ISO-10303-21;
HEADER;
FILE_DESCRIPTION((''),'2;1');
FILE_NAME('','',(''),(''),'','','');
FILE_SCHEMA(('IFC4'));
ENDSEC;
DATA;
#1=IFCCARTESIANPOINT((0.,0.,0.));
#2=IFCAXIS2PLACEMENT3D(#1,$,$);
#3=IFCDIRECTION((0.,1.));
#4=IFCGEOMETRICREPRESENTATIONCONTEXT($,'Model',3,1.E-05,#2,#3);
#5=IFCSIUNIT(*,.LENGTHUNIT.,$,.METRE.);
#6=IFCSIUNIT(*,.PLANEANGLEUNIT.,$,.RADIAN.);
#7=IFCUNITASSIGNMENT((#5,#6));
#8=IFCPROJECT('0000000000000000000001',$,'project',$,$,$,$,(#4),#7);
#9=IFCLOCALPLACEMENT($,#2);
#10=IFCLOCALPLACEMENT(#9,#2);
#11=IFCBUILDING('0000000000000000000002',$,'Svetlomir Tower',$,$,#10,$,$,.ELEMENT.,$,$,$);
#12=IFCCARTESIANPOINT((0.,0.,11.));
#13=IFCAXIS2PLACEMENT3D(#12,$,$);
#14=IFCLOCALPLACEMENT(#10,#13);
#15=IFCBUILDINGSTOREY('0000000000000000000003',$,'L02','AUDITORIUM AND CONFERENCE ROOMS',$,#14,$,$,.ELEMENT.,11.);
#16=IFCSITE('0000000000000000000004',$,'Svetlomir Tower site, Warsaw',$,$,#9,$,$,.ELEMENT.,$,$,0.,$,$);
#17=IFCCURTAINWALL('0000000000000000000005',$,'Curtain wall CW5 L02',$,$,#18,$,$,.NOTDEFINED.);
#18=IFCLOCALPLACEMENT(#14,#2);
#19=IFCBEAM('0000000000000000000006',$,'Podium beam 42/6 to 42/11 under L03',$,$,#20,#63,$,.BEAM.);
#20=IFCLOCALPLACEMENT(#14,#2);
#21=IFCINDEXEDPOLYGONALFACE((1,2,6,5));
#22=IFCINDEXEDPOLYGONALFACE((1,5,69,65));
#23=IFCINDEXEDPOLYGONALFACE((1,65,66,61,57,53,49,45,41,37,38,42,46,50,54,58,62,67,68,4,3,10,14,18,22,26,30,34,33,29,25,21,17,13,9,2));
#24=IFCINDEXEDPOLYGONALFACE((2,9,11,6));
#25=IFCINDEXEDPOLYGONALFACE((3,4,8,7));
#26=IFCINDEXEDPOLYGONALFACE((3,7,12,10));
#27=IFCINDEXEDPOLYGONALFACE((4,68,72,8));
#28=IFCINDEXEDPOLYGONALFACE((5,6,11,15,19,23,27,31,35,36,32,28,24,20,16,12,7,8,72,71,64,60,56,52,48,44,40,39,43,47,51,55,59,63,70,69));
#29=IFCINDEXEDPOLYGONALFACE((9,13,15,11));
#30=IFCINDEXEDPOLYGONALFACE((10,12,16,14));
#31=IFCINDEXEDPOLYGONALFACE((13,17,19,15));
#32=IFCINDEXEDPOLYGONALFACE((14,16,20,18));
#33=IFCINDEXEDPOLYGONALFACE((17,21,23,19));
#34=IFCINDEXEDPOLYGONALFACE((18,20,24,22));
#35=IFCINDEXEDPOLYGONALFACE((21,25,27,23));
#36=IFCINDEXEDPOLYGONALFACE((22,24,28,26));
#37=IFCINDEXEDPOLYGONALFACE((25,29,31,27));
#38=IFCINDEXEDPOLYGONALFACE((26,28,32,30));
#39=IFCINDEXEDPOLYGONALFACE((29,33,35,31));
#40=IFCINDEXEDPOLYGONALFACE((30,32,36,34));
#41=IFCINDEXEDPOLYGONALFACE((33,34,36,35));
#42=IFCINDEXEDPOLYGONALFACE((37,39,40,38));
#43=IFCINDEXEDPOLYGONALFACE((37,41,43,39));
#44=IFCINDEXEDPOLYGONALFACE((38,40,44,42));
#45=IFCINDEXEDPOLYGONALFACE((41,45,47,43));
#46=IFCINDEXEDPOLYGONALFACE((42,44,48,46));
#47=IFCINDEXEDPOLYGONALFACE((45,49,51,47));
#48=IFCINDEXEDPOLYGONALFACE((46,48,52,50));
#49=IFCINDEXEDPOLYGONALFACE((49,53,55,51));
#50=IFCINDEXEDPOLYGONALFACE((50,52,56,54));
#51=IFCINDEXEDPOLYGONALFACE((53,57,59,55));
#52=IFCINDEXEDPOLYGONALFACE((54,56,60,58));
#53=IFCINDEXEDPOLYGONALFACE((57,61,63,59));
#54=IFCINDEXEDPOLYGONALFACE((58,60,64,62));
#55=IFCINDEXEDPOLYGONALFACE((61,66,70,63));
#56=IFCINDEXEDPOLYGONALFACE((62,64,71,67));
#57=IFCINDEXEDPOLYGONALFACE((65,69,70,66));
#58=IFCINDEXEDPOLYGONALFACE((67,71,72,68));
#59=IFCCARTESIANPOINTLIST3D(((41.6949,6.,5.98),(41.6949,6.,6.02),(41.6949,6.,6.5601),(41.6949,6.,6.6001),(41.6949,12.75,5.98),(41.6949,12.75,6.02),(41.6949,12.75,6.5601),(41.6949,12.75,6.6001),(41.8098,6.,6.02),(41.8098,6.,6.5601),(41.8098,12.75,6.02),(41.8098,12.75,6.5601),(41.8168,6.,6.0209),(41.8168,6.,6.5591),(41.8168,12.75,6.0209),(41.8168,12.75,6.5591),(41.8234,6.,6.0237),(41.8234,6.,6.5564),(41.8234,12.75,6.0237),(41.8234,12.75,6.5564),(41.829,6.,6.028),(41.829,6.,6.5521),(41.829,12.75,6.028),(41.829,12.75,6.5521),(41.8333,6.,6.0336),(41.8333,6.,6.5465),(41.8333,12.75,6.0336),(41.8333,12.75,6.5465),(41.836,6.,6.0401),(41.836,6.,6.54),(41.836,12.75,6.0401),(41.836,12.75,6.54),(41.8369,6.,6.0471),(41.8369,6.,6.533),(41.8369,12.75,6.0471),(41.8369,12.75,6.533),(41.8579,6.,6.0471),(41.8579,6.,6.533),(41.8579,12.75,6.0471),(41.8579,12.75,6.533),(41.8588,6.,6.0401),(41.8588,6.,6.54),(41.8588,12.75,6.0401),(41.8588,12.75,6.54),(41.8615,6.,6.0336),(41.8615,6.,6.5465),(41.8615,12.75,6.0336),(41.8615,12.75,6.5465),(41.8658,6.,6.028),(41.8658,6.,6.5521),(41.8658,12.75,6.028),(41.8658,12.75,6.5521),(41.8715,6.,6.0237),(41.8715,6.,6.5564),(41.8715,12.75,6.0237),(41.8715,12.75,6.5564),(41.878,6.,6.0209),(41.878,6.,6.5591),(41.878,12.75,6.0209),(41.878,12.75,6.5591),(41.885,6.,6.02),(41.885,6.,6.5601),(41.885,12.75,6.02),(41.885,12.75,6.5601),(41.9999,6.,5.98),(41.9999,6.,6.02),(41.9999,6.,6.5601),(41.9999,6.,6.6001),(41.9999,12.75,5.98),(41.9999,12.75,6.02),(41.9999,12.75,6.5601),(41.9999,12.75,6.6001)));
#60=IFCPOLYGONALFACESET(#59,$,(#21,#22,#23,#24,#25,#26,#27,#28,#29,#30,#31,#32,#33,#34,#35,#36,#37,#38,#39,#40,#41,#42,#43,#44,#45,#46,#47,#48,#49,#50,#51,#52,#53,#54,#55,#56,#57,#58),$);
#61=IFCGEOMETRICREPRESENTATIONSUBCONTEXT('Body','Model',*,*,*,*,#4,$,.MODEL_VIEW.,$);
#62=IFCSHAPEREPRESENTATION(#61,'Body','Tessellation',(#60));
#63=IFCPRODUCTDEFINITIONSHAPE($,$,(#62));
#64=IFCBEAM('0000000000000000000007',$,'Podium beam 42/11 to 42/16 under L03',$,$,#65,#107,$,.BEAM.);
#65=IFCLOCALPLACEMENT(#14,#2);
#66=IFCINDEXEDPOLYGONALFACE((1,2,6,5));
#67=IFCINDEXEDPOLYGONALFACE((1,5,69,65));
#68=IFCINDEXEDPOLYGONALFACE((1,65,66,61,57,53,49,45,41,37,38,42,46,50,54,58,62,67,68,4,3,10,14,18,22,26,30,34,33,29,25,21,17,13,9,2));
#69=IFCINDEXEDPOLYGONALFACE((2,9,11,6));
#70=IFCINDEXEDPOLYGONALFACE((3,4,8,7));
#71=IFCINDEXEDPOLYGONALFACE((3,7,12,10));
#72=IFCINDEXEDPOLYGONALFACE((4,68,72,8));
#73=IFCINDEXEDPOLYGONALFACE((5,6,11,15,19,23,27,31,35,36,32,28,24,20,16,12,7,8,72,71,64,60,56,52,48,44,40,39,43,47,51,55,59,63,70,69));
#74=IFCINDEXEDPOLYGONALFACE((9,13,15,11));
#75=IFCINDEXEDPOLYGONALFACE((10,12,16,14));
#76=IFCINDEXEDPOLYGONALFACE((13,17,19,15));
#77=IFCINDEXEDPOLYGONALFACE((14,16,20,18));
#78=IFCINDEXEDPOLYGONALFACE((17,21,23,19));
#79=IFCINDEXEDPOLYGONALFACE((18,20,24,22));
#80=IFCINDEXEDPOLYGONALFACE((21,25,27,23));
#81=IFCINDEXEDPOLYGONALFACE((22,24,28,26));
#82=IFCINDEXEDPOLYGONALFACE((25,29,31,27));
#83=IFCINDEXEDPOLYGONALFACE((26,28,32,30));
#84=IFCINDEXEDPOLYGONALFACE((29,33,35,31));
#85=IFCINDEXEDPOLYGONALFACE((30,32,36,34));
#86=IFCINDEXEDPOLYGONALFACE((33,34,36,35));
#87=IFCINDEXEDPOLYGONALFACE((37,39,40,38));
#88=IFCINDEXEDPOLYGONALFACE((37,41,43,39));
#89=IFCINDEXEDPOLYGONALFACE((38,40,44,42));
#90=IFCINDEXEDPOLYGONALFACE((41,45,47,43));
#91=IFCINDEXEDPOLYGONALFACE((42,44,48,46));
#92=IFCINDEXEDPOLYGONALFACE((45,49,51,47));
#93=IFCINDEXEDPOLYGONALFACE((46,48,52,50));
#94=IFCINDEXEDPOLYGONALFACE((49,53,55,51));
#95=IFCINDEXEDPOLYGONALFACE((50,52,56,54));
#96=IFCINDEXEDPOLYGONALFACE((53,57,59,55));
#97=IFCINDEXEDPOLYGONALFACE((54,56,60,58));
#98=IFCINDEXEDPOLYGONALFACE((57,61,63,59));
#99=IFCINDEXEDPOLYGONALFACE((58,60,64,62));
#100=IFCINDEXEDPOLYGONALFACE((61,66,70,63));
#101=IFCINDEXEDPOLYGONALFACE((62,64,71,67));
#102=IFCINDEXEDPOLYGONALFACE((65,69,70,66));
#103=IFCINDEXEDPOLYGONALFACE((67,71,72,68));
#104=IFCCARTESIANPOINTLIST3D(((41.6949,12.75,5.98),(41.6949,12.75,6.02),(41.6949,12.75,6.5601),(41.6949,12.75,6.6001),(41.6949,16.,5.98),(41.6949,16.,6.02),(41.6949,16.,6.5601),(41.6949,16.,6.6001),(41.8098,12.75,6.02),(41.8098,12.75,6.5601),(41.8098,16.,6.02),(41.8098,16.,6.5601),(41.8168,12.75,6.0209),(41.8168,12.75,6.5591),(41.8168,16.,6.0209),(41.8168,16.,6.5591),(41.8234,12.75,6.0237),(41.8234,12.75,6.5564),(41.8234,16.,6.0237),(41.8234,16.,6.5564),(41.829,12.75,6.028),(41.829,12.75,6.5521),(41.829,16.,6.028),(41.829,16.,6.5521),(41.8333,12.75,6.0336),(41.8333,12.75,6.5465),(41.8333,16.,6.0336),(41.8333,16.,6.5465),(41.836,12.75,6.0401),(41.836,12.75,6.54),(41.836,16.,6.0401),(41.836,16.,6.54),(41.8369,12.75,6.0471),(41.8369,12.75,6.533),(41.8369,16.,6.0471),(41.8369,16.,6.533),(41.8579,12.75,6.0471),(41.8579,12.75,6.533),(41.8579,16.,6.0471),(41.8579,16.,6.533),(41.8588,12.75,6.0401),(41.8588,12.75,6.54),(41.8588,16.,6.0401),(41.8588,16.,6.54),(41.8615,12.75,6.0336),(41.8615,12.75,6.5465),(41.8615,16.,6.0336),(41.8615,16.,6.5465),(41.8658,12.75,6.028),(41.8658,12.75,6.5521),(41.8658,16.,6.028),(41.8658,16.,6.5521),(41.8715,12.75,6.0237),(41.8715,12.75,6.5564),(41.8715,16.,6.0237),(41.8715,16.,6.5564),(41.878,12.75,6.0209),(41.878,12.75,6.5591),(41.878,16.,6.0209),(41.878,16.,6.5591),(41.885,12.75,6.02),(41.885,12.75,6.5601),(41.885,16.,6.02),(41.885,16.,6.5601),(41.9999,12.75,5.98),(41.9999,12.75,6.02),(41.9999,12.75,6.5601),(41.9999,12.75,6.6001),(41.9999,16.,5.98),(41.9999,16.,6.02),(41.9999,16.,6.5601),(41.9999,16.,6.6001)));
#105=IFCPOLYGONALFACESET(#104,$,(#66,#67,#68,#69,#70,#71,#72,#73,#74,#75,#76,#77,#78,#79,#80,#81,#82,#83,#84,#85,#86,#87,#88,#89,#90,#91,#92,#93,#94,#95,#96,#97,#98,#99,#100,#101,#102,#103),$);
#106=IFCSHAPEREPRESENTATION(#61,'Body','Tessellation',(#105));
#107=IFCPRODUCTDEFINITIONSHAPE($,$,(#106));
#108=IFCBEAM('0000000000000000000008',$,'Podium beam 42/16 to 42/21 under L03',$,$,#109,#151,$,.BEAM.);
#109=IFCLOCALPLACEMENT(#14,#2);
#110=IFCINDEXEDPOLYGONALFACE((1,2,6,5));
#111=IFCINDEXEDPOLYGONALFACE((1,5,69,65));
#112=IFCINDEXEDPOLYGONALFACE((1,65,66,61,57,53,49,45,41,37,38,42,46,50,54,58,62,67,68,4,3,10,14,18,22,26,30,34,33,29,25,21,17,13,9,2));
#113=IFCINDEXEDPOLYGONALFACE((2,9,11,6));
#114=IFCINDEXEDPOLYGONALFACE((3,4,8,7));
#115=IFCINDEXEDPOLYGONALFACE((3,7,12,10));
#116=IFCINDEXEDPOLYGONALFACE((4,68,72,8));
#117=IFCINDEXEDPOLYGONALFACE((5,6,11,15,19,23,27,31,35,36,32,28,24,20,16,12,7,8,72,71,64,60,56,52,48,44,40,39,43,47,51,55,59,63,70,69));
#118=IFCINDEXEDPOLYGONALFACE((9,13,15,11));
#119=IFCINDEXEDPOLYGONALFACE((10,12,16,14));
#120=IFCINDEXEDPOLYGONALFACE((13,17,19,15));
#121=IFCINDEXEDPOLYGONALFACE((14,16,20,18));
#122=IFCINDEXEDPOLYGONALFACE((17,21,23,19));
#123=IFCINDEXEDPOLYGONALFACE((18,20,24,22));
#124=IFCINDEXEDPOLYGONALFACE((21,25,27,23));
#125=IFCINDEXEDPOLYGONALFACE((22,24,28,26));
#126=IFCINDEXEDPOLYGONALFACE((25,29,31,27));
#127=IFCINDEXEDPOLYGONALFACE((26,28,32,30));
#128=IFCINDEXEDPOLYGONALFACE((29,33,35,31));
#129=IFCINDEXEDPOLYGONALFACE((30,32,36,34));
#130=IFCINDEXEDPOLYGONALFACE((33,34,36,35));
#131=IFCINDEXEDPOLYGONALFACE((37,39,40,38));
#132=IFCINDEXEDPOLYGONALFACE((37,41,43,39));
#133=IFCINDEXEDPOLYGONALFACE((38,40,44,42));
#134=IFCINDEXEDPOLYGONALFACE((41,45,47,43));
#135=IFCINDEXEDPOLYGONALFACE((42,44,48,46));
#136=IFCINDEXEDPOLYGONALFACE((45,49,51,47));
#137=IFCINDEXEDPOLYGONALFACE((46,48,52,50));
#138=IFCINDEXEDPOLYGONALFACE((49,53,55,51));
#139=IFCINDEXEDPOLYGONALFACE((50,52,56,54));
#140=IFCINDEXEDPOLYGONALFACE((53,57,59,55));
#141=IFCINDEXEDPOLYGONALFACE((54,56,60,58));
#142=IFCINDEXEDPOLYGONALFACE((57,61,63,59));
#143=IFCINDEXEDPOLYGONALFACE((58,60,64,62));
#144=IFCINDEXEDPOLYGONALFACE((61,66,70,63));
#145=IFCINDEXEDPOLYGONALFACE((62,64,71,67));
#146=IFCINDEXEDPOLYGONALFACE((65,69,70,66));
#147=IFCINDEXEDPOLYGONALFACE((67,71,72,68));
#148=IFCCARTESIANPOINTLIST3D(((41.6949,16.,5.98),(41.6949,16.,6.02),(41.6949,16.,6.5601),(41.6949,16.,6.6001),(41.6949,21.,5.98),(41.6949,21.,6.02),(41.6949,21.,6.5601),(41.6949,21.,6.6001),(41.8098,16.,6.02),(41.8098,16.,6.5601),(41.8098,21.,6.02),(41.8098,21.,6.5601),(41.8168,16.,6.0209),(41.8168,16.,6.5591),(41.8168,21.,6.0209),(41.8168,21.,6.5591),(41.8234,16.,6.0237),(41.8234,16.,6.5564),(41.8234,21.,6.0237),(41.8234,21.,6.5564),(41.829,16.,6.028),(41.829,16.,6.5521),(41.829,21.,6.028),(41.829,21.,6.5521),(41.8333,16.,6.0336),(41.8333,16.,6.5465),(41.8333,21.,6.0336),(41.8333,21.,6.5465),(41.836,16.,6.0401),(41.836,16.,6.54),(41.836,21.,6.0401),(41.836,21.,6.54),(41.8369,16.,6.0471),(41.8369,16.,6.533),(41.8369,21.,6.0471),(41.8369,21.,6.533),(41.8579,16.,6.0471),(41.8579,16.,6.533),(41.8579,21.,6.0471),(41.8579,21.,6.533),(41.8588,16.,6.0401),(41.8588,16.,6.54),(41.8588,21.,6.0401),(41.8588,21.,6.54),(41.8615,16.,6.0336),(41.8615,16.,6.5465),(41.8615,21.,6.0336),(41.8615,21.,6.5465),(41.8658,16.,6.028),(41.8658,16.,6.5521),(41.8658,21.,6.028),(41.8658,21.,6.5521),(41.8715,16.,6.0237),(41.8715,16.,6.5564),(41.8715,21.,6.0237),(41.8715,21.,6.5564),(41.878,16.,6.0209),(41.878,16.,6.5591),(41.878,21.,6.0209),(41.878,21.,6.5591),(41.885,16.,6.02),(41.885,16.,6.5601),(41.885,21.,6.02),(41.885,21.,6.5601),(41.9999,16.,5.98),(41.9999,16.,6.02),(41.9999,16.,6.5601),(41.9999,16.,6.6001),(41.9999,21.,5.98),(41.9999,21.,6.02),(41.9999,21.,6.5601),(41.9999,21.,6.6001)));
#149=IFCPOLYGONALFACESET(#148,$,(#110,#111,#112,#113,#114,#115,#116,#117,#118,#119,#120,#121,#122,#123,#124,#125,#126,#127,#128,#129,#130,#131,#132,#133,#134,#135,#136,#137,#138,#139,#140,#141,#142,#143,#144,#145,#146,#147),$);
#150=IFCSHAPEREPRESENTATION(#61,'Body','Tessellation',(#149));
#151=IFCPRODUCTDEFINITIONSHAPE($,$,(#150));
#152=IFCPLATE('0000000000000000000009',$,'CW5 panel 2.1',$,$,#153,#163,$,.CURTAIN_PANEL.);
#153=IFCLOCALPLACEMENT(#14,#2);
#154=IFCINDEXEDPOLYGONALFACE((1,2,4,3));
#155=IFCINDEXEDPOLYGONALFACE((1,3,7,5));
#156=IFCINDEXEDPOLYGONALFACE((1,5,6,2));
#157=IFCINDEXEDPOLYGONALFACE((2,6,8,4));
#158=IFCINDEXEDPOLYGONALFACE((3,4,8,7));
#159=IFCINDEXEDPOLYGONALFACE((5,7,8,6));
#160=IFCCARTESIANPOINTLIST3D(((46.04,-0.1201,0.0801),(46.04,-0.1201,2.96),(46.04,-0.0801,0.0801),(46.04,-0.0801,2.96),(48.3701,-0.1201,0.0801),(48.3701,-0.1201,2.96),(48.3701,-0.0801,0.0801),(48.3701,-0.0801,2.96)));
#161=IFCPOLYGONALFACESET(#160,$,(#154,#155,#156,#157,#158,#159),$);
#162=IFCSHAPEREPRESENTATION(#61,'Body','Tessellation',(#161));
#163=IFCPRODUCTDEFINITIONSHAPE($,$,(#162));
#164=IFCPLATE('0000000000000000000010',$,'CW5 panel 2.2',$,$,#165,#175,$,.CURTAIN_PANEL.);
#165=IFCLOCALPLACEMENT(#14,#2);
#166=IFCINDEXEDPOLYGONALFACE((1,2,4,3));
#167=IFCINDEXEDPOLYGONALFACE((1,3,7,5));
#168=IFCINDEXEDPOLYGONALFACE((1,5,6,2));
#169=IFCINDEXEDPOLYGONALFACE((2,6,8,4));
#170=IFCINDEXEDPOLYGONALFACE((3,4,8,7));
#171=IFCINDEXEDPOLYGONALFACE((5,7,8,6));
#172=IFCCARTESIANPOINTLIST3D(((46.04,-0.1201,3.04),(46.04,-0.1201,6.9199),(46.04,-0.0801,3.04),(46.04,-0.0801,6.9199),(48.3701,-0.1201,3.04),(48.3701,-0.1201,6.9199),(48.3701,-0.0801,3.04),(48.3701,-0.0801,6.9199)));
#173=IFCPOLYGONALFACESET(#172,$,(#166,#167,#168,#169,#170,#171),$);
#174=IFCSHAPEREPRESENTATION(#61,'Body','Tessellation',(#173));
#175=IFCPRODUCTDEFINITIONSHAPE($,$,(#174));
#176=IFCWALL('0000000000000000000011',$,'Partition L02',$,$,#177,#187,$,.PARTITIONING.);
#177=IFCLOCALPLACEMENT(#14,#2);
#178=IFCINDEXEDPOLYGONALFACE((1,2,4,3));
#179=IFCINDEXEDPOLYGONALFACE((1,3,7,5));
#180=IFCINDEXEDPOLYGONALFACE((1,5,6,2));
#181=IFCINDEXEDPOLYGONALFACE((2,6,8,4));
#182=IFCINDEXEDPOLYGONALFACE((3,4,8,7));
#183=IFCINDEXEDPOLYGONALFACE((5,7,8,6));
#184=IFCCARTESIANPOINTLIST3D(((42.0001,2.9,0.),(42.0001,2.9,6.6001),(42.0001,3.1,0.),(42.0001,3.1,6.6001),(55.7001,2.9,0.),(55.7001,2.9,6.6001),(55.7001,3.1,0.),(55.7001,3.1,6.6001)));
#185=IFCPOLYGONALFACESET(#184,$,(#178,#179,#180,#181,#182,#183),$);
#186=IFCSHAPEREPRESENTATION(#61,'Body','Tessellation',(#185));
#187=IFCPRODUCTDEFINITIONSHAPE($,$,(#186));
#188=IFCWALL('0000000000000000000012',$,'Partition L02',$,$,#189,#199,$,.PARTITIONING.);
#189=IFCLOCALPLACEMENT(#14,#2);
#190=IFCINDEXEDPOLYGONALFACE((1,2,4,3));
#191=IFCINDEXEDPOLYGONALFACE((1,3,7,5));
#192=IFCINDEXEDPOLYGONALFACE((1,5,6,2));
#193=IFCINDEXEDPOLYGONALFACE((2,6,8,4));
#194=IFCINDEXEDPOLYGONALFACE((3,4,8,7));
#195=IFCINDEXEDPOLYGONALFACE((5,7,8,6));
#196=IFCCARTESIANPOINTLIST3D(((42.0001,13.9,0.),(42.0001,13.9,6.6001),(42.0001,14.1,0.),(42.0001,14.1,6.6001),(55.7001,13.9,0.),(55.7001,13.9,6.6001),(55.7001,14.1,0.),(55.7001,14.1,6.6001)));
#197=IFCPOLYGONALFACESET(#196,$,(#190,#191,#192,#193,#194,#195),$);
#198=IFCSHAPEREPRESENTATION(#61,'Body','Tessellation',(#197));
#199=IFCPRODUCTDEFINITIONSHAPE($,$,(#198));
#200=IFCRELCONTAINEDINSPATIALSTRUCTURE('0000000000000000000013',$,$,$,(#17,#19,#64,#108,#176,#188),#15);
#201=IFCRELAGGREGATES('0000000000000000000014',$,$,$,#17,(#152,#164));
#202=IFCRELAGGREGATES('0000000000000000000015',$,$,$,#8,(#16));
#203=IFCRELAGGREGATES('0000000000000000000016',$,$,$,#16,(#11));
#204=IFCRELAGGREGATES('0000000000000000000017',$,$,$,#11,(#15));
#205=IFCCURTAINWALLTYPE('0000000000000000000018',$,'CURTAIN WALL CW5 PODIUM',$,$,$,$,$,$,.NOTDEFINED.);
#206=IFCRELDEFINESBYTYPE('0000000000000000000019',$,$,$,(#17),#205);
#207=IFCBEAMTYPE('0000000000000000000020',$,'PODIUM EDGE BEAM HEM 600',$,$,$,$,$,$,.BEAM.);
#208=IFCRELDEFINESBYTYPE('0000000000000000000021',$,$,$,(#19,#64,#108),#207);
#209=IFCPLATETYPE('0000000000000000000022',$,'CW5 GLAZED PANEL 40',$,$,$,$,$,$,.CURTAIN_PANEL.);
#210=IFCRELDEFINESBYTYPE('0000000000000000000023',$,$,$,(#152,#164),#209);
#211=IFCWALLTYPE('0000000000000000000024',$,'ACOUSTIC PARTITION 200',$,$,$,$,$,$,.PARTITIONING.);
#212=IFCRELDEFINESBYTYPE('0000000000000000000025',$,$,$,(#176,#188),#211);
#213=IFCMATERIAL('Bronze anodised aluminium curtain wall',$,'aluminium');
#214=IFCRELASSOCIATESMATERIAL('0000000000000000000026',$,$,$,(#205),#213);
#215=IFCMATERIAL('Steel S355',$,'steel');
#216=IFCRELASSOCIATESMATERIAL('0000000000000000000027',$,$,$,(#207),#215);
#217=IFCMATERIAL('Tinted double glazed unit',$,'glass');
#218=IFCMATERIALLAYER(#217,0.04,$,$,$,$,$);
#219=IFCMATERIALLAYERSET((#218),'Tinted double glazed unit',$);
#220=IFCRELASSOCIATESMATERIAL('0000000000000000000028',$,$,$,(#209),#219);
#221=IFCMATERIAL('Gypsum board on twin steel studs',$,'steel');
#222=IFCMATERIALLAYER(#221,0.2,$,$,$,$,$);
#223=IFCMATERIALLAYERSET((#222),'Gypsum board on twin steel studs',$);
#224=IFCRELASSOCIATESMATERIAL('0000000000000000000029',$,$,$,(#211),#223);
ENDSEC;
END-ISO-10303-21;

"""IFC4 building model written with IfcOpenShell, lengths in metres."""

from ifc_helpers import new_model, si_unit, direction, frame, frame_2d, origin, origin_2d, place, context, subcontext, project, spatial, rectangle, i_section, extrude, material, layer, layer_set, material_profile, profile_set, type_object, element, aggregate, save


model = new_model("IFC4")

# Units and contexts
model_context = context("Model", 3, precision=1e-05, world=origin(), true_north=direction((0.0, 1.0)))
body_context = subcontext(model_context, "Body", "Model", "MODEL_VIEW")
ifc_project = project(units=[si_unit("LENGTHUNIT", "METRE"), si_unit("PLANEANGLEUNIT", "RADIAN")], contexts=[model_context])

# Site, building, storey
site_placement = place(None, origin())
site = spatial("IfcSite", under=ifc_project, at=site_placement, Name="Svetlomir Tower site, Warsaw", CompositionType="ELEMENT", RefElevation=0.0)
building_placement = place(site_placement, origin())
building = spatial("IfcBuilding", under=site, at=building_placement, Name="Svetlomir Tower", CompositionType="ELEMENT")
storey_placement = place(building_placement, frame((0.0, 0.0, 11.0)))
storey = spatial("IfcBuildingStorey", under=building, at=storey_placement, Name="L02", Description="AUDITORIUM AND CONFERENCE ROOMS", CompositionType="ELEMENT", Elevation=11.0)

# Curtain wall
ifc_material_1 = material(Name="Bronze anodised aluminium curtain wall", Category="aluminium")
curtain_wall_type = type_object("IfcCurtainWallType", Name="CURTAIN WALL CW5 PODIUM", PredefinedType="NOTDEFINED", material=ifc_material_1)
curtain_wall_placement = place(storey_placement, origin())
curtain_wall = element("IfcCurtainWall", 1, at=curtain_wall_placement, inside=storey, type_object=curtain_wall_type, Name="Curtain wall CW5 L02", PredefinedType="NOTDEFINED")

# Beams
ifc_material_2 = material(Name="Steel S355", Category="steel")
ifc_material_profile_1 = material_profile(ifc_material_2, i_section(OverallWidth=0.3049, OverallDepth=0.6201, WebThickness=0.021, FlangeThickness=0.04, FilletRadius=0.0271, at=origin_2d()), Name="HEM 600")
ifc_profile_set_1 = profile_set([ifc_material_profile_1], Name="Steel S355")
beam_type_1 = type_object("IfcBeamType", Name="PODIUM EDGE BEAM HEM 600", PredefinedType="BEAM", material=ifc_profile_set_1)
beam_1_placement = place(storey_placement, frame((41.8474, 6.0, 6.29), z_axis=(0.0, 1.0, 0.0), x_axis=(-1.0, 0.0, 0.0)))
element("IfcBeam", 2, at=beam_1_placement, inside=storey, type_object=beam_type_1, Name="Podium beam 42/6 to 42/11 under L03", PredefinedType="BEAM", context=body_context, shape_type="SweptSolid", body=[
    extrude(i_section(OverallWidth=0.3049, OverallDepth=0.6201, WebThickness=0.021, FlangeThickness=0.04, FilletRadius=0.0271, at=origin_2d()), origin(), (0.0, 0.0, 1.0), 6.75),
])
beam_2_placement = place(storey_placement, frame((41.8474, 12.75, 6.29), z_axis=(0.0, 1.0, 0.0), x_axis=(-1.0, 0.0, 0.0)))
element("IfcBeam", 3, at=beam_2_placement, inside=storey, type_object=beam_type_1, Name="Podium beam 42/11 to 42/16 under L03", PredefinedType="BEAM", context=body_context, shape_type="SweptSolid", body=[
    extrude(i_section(OverallWidth=0.3049, OverallDepth=0.6201, WebThickness=0.021, FlangeThickness=0.04, FilletRadius=0.0271, at=origin_2d()), origin(), (0.0, 0.0, 1.0), 3.25),
])
beam_3_placement = place(storey_placement, frame((41.8474, 16.0, 6.29), z_axis=(0.0, 1.0, 0.0), x_axis=(-1.0, 0.0, 0.0)))
element("IfcBeam", 4, at=beam_3_placement, inside=storey, type_object=beam_type_1, Name="Podium beam 42/16 to 42/21 under L03", PredefinedType="BEAM", context=body_context, shape_type="SweptSolid", body=[
    extrude(i_section(OverallWidth=0.3049, OverallDepth=0.6201, WebThickness=0.021, FlangeThickness=0.04, FilletRadius=0.0271, at=origin_2d()), origin(), (0.0, 0.0, 1.0), 5.0),
])

# Plates
ifc_material_3 = material(Name="Tinted double glazed unit", Category="glass")
ifc_layer_1 = layer(ifc_material_3, 0.04)
ifc_layer_set_1 = layer_set([ifc_layer_1], Name="Tinted double glazed unit")
plate_type = type_object("IfcPlateType", Name="CW5 GLAZED PANEL 40", PredefinedType="CURTAIN_PANEL", material=ifc_layer_set_1)
plate_1_placement = place(storey_placement, frame((47.2051, -0.1001, 0.0801), z_axis=(0.0, 0.0, 1.0), x_axis=(1.0, 0.0, 0.0)))
plate_1 = element("IfcPlate", 5, at=plate_1_placement, type_object=plate_type, Name="CW5 panel 2.1", PredefinedType="CURTAIN_PANEL", context=body_context, shape_type="SweptSolid", body=[
    extrude(rectangle(XDim=2.3301, YDim=0.04, at=origin_2d()), origin(), (0.0, 0.0, 1.0), 2.8799),
])
plate_2_placement = place(storey_placement, frame((47.2051, -0.1001, 3.04), z_axis=(0.0, 0.0, 1.0), x_axis=(1.0, 0.0, 0.0)))
plate_2 = element("IfcPlate", 6, at=plate_2_placement, type_object=plate_type, Name="CW5 panel 2.2", PredefinedType="CURTAIN_PANEL", context=body_context, shape_type="SweptSolid", body=[
    extrude(rectangle(XDim=2.3301, YDim=0.04, at=origin_2d()), origin(), (0.0, 0.0, 1.0), 3.8799),
])
aggregate(curtain_wall, [plate_1, plate_2])

# Walls
ifc_material_4 = material(Name="Gypsum board on twin steel studs", Category="steel")
ifc_layer_2 = layer(ifc_material_4, 0.2)
ifc_layer_set_2 = layer_set([ifc_layer_2], Name="Gypsum board on twin steel studs")
wall_type_1 = type_object("IfcWallType", Name="ACOUSTIC PARTITION 200", PredefinedType="PARTITIONING", material=ifc_layer_set_2)
for number, where, z_axis, x_axis, name in (
    (7, (42.0, 3.0, 0.0), (0.0, 0.0, 1.0), (1.0, 0.0, 0.0), "Partition L02"),
    (8, (42.0, 14.0, 0.0), (0.0, 0.0, 1.0), (1.0, 0.0, 0.0), "Partition L02"),
):
    element("IfcWall", number, at=place(storey_placement, frame(where, z_axis=z_axis, x_axis=x_axis)), inside=storey, type_object=wall_type_1, Name=name, PredefinedType="PARTITIONING", context=body_context, shape_type="SweptSolid", body=[
        extrude(rectangle(XDim=13.7, YDim=0.2, at=frame_2d((6.8501, 0.0))), origin(), (0.0, 0.0, 1.0), 6.6001),
    ])

save(model, "model.ifc")
